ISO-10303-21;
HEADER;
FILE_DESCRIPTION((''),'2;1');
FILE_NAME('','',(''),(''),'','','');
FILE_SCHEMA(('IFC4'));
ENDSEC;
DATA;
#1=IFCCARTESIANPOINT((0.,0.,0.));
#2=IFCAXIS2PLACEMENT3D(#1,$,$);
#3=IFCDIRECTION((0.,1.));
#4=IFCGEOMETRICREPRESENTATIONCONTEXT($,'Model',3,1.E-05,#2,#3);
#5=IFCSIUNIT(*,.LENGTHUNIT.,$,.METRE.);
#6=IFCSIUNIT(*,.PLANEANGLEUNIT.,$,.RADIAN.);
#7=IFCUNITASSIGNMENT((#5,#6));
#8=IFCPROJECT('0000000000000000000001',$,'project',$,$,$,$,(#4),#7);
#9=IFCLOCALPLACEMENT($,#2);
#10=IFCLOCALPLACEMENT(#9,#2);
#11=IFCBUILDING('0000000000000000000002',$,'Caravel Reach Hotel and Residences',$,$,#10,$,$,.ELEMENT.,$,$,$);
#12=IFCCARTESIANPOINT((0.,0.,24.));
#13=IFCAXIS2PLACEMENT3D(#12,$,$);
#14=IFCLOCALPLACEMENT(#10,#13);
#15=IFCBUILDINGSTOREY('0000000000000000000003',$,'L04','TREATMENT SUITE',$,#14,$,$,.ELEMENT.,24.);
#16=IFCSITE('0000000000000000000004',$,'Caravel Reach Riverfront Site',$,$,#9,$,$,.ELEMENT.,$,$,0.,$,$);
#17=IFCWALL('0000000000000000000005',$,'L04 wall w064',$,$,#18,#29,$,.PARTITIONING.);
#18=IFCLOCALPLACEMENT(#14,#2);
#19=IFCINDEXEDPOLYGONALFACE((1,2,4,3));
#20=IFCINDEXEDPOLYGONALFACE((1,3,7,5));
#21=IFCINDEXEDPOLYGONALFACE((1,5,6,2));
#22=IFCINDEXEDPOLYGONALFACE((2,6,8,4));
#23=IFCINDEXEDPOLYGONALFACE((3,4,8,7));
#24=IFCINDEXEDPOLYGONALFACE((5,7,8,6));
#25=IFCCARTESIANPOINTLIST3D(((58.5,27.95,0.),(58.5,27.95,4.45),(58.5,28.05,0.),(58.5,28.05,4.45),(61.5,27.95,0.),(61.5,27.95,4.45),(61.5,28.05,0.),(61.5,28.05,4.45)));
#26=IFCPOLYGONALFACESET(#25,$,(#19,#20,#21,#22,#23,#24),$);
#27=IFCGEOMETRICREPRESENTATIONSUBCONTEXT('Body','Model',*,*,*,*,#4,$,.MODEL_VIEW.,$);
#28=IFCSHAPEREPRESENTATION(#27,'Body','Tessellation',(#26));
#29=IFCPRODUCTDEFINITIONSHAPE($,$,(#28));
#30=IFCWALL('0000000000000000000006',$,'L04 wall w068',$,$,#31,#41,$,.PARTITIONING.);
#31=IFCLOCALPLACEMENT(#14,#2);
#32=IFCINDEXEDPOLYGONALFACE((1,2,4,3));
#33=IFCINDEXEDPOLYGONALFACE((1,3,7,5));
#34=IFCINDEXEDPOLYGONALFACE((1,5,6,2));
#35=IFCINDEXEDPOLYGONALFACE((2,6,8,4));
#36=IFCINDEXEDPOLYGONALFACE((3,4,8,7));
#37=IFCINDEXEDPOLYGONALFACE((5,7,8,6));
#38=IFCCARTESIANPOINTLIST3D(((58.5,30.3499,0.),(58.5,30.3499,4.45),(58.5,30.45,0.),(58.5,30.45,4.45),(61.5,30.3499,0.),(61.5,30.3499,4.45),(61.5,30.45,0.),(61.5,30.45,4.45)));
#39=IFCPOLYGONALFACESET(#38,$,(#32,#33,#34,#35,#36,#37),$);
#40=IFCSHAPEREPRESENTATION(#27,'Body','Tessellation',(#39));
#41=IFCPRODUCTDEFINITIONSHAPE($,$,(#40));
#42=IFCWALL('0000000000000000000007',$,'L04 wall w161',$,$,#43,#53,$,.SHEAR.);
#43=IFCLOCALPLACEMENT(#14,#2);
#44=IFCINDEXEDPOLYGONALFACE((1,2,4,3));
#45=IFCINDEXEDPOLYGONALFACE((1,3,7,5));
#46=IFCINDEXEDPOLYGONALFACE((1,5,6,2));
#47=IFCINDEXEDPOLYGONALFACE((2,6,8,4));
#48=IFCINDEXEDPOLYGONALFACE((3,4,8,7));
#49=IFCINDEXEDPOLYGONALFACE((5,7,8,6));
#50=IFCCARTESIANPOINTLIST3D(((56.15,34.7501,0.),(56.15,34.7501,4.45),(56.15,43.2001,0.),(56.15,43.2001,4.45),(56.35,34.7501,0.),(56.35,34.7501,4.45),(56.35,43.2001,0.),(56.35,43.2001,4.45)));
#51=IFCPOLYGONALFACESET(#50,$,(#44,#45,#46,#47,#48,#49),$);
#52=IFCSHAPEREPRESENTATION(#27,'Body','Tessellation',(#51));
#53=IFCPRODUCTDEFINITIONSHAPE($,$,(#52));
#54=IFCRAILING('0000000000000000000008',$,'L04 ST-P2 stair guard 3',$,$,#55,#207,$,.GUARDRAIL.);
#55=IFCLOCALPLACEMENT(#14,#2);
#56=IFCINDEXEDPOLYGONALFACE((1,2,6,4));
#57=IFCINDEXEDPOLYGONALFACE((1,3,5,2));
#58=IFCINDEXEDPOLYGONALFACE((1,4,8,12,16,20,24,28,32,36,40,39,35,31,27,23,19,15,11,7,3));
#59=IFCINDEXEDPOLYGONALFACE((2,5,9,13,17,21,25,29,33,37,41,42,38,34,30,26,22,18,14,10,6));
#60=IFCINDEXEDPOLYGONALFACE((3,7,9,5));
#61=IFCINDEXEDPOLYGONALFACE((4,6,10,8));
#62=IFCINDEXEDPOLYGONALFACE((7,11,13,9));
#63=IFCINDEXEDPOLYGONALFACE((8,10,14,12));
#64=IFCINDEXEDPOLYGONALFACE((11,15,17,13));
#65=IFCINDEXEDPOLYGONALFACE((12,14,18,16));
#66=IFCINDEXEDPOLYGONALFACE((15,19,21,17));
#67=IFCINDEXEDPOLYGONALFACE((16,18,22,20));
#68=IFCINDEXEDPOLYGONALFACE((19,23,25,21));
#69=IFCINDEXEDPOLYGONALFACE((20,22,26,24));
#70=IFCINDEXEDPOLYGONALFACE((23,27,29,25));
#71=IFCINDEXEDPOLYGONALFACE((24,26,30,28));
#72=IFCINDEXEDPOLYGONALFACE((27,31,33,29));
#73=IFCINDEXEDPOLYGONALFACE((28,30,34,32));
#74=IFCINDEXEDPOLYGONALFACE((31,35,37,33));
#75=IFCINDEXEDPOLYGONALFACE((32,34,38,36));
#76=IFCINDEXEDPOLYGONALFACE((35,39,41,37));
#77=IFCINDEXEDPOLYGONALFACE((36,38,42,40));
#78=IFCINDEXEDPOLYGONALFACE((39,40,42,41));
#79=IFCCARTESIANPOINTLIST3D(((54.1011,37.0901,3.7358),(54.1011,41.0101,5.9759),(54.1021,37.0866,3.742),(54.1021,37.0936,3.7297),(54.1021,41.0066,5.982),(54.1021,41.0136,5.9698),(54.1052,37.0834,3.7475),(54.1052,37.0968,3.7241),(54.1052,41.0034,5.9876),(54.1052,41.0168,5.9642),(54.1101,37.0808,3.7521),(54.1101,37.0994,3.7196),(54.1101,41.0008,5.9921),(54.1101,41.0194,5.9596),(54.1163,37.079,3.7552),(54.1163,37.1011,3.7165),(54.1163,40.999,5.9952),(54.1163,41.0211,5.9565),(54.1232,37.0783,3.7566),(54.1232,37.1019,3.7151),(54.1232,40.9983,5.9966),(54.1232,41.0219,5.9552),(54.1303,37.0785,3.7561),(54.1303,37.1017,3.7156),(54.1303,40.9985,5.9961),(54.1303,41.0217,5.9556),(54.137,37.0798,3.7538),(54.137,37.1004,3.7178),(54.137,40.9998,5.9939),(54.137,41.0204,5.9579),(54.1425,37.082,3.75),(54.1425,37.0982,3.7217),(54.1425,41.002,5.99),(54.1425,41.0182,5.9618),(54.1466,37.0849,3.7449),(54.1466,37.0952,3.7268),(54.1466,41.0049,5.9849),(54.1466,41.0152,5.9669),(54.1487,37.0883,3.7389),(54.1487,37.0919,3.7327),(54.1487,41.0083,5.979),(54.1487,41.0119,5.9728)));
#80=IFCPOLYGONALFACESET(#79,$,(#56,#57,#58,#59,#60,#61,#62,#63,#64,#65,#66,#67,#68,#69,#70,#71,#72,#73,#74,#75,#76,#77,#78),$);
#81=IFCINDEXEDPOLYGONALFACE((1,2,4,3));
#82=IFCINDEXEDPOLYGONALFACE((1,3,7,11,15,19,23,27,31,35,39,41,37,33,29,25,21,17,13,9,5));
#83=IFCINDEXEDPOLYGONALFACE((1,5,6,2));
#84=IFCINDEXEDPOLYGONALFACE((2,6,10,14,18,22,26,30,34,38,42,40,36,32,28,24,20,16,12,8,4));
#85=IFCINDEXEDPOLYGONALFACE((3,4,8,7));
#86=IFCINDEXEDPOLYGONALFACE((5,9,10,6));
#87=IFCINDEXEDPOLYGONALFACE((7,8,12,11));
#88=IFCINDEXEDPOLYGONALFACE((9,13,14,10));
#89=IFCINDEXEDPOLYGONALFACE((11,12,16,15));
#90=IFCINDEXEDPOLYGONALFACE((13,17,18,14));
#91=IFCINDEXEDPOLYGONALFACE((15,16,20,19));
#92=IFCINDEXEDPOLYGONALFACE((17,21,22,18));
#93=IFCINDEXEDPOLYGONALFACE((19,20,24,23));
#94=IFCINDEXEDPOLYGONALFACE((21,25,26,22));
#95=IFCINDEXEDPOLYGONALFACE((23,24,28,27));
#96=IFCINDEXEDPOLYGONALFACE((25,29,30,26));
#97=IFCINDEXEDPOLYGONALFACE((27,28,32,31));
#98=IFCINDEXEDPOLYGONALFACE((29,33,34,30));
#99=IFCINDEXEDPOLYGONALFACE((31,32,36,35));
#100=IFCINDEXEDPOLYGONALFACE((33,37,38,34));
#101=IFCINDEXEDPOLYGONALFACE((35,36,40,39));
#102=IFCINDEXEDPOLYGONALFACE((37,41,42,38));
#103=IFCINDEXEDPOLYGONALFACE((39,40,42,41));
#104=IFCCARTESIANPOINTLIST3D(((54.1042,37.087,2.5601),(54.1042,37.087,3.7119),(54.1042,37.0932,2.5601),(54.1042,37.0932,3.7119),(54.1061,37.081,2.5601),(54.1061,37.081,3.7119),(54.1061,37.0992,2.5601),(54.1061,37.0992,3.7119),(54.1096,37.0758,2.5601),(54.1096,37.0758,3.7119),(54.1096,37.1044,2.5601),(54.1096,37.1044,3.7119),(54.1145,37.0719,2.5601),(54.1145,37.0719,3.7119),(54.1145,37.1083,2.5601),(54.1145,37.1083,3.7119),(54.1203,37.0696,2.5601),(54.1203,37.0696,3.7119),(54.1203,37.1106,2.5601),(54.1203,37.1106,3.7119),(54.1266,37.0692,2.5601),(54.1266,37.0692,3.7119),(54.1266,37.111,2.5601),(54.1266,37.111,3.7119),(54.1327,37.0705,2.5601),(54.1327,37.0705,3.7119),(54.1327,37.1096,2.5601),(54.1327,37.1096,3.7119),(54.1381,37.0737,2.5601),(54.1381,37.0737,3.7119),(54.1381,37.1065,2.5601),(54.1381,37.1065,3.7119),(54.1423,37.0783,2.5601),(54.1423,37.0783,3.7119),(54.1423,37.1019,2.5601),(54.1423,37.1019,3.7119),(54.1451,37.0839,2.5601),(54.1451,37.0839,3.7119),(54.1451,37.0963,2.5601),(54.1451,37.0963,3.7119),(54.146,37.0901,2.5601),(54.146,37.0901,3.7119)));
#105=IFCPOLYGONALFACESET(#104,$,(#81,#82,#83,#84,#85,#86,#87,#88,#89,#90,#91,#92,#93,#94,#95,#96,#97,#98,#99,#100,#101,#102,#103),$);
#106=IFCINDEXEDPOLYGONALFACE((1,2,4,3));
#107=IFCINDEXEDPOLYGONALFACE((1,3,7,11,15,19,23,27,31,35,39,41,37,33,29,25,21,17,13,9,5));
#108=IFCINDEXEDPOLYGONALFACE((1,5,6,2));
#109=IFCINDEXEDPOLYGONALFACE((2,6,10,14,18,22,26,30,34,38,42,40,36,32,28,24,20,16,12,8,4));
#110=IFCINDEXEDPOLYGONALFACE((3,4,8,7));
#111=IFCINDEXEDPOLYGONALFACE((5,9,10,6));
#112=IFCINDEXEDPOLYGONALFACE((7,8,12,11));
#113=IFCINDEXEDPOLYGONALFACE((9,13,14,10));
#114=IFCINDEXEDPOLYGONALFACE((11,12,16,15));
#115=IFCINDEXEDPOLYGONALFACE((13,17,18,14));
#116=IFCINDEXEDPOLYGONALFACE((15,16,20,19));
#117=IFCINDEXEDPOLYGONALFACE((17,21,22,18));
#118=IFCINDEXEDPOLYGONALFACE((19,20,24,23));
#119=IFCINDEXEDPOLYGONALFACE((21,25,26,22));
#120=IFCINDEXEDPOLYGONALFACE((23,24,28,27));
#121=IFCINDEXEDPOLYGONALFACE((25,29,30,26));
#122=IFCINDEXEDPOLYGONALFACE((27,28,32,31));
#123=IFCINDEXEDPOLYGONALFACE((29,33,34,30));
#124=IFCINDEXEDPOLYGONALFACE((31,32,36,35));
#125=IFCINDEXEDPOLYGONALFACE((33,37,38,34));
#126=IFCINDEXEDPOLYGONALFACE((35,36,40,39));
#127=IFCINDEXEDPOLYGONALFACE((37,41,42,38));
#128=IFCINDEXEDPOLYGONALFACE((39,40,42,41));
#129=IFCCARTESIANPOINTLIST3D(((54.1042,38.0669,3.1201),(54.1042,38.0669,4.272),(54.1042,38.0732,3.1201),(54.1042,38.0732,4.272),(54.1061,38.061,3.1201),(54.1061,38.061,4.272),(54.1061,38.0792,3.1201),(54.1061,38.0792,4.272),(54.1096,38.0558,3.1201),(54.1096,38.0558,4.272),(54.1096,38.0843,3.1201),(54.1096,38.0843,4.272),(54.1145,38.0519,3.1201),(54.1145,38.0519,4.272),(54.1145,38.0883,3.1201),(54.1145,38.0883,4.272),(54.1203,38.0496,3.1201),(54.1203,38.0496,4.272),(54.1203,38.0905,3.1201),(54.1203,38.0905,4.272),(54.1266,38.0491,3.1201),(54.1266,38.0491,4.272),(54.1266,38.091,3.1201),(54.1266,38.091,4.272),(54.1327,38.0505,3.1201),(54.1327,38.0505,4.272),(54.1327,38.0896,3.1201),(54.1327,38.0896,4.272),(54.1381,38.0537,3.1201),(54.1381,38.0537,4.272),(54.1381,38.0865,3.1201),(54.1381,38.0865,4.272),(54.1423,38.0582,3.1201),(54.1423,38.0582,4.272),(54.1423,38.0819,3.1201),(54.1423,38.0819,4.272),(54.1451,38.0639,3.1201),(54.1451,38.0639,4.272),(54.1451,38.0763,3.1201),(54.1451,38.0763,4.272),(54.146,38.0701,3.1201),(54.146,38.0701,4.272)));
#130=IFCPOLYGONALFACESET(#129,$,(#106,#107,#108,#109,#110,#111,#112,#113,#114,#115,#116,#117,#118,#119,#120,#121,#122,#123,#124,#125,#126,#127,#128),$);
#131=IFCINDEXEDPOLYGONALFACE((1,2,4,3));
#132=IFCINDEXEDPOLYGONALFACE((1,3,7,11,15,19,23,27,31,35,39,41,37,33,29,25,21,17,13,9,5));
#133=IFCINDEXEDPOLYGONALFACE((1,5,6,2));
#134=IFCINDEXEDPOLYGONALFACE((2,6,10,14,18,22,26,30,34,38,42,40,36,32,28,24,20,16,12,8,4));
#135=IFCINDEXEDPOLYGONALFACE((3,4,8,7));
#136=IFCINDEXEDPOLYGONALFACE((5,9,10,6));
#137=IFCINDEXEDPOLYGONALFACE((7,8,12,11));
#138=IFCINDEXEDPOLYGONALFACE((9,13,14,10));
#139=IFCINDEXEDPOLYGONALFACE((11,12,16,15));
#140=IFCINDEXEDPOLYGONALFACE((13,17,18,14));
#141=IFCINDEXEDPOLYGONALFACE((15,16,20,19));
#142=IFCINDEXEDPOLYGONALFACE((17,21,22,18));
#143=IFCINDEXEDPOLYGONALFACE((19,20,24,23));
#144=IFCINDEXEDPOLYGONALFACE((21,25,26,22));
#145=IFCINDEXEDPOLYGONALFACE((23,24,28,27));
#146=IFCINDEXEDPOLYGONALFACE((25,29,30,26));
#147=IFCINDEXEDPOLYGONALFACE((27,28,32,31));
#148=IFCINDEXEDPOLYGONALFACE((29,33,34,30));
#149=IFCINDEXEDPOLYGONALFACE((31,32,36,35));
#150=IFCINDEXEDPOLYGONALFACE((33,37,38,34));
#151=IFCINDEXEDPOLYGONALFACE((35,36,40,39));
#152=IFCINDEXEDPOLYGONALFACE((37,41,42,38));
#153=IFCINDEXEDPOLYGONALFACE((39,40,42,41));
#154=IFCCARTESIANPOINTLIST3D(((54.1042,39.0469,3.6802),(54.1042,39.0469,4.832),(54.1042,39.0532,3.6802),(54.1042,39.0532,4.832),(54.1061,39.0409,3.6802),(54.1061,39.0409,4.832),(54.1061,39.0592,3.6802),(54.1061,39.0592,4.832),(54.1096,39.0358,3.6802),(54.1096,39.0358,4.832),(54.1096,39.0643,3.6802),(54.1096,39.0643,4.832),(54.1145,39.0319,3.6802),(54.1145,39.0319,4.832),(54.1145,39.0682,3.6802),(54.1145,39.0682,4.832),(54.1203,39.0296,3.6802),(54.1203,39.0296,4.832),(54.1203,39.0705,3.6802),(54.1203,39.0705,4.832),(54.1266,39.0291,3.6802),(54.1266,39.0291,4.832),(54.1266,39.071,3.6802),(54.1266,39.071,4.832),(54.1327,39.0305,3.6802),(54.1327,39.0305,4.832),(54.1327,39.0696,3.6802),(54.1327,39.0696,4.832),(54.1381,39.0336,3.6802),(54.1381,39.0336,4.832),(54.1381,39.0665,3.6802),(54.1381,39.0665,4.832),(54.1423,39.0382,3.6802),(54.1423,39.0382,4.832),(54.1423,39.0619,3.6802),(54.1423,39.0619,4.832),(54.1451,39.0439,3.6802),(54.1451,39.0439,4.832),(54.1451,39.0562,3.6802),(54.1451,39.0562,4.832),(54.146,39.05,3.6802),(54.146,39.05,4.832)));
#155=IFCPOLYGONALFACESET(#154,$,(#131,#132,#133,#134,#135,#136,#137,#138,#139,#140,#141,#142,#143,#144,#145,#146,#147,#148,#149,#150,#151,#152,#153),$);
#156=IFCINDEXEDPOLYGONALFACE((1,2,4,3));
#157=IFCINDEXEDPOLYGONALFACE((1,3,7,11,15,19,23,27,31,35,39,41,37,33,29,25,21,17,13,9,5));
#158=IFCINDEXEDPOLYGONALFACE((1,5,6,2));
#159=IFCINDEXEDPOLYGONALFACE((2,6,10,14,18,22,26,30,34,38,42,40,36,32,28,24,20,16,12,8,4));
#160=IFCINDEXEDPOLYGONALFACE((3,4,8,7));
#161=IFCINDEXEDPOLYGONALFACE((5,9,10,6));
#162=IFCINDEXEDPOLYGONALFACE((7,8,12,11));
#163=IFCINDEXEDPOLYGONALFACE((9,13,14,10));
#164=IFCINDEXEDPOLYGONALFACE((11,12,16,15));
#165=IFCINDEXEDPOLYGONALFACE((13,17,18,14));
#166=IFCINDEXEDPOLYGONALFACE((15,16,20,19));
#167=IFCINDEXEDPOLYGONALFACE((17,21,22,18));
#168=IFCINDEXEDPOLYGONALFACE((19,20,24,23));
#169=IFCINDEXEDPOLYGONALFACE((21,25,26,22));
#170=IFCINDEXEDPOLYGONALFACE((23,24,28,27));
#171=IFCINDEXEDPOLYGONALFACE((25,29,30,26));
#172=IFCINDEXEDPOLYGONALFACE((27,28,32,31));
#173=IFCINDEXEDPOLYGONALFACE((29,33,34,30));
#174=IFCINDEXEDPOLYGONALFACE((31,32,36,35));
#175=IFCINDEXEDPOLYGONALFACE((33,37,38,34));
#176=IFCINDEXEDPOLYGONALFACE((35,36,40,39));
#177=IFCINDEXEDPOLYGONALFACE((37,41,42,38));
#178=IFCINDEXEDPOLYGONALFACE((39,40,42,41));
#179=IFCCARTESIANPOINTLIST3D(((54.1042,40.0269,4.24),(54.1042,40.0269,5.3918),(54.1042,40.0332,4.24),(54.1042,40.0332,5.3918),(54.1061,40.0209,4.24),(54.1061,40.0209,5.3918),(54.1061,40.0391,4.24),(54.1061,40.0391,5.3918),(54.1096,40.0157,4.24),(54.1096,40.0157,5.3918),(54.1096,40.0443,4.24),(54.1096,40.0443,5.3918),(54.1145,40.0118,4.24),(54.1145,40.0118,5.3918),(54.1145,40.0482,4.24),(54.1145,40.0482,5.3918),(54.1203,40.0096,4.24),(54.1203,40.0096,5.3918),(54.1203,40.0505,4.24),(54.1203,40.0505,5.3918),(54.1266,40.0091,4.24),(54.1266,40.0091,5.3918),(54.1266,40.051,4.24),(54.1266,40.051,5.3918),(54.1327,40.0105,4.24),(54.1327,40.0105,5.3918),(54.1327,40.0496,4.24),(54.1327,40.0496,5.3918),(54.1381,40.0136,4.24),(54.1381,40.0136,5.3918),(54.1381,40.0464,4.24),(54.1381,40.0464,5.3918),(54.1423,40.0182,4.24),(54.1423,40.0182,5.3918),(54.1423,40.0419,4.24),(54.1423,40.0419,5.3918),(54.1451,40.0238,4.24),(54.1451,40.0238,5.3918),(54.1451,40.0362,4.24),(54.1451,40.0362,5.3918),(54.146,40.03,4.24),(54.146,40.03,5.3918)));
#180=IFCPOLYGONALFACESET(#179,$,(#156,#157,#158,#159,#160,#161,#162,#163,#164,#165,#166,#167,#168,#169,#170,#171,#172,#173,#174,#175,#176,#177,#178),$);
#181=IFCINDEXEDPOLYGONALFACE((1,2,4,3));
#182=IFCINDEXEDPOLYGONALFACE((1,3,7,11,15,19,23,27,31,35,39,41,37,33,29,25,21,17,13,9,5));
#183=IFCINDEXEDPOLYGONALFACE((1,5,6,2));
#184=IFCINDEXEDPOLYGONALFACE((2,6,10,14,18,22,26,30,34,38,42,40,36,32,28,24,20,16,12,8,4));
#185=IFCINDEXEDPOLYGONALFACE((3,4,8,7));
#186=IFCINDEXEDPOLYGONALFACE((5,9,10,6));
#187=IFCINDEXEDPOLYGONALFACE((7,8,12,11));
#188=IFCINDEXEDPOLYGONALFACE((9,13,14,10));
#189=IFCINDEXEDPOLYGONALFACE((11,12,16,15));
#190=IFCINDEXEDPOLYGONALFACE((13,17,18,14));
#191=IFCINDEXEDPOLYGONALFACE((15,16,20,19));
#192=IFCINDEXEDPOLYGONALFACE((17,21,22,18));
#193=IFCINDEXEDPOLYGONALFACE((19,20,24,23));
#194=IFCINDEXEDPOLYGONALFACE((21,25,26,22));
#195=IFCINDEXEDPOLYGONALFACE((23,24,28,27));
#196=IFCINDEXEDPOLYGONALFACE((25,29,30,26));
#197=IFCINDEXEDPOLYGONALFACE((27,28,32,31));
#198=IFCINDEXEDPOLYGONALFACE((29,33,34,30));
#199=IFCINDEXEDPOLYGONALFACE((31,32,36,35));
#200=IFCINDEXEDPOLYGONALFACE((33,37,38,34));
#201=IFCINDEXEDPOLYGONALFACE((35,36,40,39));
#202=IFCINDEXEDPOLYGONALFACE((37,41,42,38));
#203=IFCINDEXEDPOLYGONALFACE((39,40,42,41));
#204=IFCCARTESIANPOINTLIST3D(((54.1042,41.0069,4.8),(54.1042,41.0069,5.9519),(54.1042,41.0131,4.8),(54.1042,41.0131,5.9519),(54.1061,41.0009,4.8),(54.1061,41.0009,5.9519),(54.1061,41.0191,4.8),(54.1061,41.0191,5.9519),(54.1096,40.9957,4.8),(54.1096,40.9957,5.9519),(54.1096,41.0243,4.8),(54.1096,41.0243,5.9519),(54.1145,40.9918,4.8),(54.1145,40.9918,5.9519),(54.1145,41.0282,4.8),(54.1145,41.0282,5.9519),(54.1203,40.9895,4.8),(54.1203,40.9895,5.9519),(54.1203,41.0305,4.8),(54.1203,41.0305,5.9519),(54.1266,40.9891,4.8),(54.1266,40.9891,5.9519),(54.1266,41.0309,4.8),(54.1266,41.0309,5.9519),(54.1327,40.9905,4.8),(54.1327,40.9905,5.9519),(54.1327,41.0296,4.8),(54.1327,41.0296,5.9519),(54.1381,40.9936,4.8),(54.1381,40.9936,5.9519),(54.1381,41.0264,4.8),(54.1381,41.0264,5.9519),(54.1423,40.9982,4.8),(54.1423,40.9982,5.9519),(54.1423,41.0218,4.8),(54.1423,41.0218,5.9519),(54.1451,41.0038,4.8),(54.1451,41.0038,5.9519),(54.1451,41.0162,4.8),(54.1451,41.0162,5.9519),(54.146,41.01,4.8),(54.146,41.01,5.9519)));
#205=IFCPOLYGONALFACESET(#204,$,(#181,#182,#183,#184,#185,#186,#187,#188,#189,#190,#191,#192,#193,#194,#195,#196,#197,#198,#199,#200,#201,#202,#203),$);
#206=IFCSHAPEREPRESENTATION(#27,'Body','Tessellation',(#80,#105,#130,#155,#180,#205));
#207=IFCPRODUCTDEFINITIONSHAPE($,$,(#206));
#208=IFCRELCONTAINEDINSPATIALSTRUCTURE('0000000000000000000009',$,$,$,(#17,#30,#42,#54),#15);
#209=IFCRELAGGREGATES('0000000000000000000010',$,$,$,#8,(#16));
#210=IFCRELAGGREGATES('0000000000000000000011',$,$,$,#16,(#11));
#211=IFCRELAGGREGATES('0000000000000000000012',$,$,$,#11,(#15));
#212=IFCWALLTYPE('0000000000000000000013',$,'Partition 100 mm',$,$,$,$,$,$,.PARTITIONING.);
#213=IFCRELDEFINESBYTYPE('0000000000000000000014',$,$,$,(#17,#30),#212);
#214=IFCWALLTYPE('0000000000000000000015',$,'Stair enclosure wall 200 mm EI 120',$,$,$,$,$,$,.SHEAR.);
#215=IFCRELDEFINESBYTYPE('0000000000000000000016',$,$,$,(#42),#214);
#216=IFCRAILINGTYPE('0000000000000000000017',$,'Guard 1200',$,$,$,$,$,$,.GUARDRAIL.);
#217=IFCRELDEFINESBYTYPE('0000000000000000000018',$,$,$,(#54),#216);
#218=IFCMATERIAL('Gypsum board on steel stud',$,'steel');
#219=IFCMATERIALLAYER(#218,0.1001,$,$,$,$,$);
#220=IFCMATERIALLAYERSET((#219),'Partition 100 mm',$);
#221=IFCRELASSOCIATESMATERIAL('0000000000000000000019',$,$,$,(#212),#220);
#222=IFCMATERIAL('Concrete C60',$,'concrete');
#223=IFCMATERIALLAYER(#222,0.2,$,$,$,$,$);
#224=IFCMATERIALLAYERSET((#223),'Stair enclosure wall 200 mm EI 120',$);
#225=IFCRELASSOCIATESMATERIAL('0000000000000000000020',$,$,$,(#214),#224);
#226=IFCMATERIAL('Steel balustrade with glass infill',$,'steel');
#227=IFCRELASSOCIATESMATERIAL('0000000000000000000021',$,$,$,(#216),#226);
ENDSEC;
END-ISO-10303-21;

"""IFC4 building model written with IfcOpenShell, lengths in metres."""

from ifc_helpers import new_model, si_unit, direction, frame, frame_2d, origin, origin_2d, place, context, subcontext, project, spatial, rectangle, circle, extrude, material, layer, layer_set, type_object, element, save


model = new_model("IFC4")

# Units and contexts
model_context = context("Model", 3, precision=1e-05, world=origin(), true_north=direction((0.0, 1.0)))
body_context = subcontext(model_context, "Body", "Model", "MODEL_VIEW")
ifc_project = project(units=[si_unit("LENGTHUNIT", "METRE"), si_unit("PLANEANGLEUNIT", "RADIAN")], contexts=[model_context])

# Site, building, storey
site_placement = place(None, origin())
site = spatial("IfcSite", under=ifc_project, at=site_placement, Name="Caravel Reach Riverfront Site", CompositionType="ELEMENT", RefElevation=0.0)
building_placement = place(site_placement, origin())
building = spatial("IfcBuilding", under=site, at=building_placement, Name="Caravel Reach Hotel and Residences", CompositionType="ELEMENT")
storey_placement = place(building_placement, frame((0.0, 0.0, 24.0)))
storey = spatial("IfcBuildingStorey", under=building, at=storey_placement, Name="L04", Description="TREATMENT SUITE", CompositionType="ELEMENT", Elevation=24.0)

# Walls
ifc_material_1 = material(Name="Gypsum board on steel stud", Category="steel")
ifc_layer_1 = layer(ifc_material_1, 0.1001)
ifc_layer_set_1 = layer_set([ifc_layer_1], Name="Partition 100 mm")
wall_type_1 = type_object("IfcWallType", Name="Partition 100 mm", PredefinedType="PARTITIONING", material=ifc_layer_set_1)
for number, where, z_axis, x_axis, name in (
    (1, (58.5, 28.0, 0.0), (0.0, 0.0, 1.0), (1.0, 0.0, 0.0), "L04 wall w064"),
    (2, (58.5, 30.3999, 0.0), (0.0, 0.0, 1.0), (1.0, 0.0, 0.0), "L04 wall w068"),
):
    element("IfcWall", number, at=place(storey_placement, frame(where, z_axis=z_axis, x_axis=x_axis)), inside=storey, type_object=wall_type_1, Name=name, PredefinedType="PARTITIONING", context=body_context, shape_type="SweptSolid", body=[
        extrude(rectangle(XDim=3.0, YDim=0.1001, at=frame_2d((1.5, 0.0))), origin(), (0.0, 0.0, 1.0), 4.45),
    ])
ifc_material_2 = material(Name="Concrete C60", Category="concrete")
ifc_layer_2 = layer(ifc_material_2, 0.2)
ifc_layer_set_2 = layer_set([ifc_layer_2], Name="Stair enclosure wall 200 mm EI 120")
wall_type_2 = type_object("IfcWallType", Name="Stair enclosure wall 200 mm EI 120", PredefinedType="SHEAR", material=ifc_layer_set_2)
wall_1_placement = place(storey_placement, frame((56.25, 34.75, 0.0), z_axis=(0.0, 0.0, 1.0), x_axis=(0.0, 1.0, 0.0)))
element("IfcWall", 3, at=wall_1_placement, inside=storey, type_object=wall_type_2, Name="L04 wall w161", PredefinedType="SHEAR", context=body_context, shape_type="SweptSolid", body=[
    extrude(rectangle(XDim=8.45, YDim=0.2, at=frame_2d((4.2251, 0.0))), origin(), (0.0, 0.0, 1.0), 4.45),
])

# Railing
ifc_material_3 = material(Name="Steel balustrade with glass infill", Category="steel")
railing_type_1 = type_object("IfcRailingType", Name="Guard 1200", PredefinedType="GUARDRAIL", material=ifc_material_3)
railing_1_placement = place(storey_placement, frame((54.125, 37.0901, 2.5601)))
element("IfcRailing", 4, at=railing_1_placement, inside=storey, type_object=railing_type_1, Name="L04 ST-P2 stair guard 3", PredefinedType="GUARDRAIL", context=body_context, shape_type="SweptSolid", body=[
    extrude(circle(Radius=0.0239, at=origin_2d()), frame((0.0, 0.0, 1.1758), z_axis=(0.0, 0.86824, 0.496145), x_axis=(-1.0, 0.0, 0.0)), (0.0, 0.0, 1.0), 4.5149),
    extrude(circle(Radius=0.021, at=origin_2d()), origin(), (0.0, 0.0, 1.0), 1.1519),
    extrude(circle(Radius=0.021, at=origin_2d()), frame((0.0, 0.98, 0.5601)), (0.0, 0.0, 1.0), 1.1519),
    extrude(circle(Radius=0.021, at=origin_2d()), frame((0.0, 1.96, 1.1201)), (0.0, 0.0, 1.0), 1.1519),
    extrude(circle(Radius=0.021, at=origin_2d()), frame((0.0, 2.9399, 1.6799)), (0.0, 0.0, 1.0), 1.1519),
    extrude(circle(Radius=0.021, at=origin_2d()), frame((0.0, 3.9199, 2.24)), (0.0, 0.0, 1.0), 1.1519),
])

save(model, "model.ifc")
